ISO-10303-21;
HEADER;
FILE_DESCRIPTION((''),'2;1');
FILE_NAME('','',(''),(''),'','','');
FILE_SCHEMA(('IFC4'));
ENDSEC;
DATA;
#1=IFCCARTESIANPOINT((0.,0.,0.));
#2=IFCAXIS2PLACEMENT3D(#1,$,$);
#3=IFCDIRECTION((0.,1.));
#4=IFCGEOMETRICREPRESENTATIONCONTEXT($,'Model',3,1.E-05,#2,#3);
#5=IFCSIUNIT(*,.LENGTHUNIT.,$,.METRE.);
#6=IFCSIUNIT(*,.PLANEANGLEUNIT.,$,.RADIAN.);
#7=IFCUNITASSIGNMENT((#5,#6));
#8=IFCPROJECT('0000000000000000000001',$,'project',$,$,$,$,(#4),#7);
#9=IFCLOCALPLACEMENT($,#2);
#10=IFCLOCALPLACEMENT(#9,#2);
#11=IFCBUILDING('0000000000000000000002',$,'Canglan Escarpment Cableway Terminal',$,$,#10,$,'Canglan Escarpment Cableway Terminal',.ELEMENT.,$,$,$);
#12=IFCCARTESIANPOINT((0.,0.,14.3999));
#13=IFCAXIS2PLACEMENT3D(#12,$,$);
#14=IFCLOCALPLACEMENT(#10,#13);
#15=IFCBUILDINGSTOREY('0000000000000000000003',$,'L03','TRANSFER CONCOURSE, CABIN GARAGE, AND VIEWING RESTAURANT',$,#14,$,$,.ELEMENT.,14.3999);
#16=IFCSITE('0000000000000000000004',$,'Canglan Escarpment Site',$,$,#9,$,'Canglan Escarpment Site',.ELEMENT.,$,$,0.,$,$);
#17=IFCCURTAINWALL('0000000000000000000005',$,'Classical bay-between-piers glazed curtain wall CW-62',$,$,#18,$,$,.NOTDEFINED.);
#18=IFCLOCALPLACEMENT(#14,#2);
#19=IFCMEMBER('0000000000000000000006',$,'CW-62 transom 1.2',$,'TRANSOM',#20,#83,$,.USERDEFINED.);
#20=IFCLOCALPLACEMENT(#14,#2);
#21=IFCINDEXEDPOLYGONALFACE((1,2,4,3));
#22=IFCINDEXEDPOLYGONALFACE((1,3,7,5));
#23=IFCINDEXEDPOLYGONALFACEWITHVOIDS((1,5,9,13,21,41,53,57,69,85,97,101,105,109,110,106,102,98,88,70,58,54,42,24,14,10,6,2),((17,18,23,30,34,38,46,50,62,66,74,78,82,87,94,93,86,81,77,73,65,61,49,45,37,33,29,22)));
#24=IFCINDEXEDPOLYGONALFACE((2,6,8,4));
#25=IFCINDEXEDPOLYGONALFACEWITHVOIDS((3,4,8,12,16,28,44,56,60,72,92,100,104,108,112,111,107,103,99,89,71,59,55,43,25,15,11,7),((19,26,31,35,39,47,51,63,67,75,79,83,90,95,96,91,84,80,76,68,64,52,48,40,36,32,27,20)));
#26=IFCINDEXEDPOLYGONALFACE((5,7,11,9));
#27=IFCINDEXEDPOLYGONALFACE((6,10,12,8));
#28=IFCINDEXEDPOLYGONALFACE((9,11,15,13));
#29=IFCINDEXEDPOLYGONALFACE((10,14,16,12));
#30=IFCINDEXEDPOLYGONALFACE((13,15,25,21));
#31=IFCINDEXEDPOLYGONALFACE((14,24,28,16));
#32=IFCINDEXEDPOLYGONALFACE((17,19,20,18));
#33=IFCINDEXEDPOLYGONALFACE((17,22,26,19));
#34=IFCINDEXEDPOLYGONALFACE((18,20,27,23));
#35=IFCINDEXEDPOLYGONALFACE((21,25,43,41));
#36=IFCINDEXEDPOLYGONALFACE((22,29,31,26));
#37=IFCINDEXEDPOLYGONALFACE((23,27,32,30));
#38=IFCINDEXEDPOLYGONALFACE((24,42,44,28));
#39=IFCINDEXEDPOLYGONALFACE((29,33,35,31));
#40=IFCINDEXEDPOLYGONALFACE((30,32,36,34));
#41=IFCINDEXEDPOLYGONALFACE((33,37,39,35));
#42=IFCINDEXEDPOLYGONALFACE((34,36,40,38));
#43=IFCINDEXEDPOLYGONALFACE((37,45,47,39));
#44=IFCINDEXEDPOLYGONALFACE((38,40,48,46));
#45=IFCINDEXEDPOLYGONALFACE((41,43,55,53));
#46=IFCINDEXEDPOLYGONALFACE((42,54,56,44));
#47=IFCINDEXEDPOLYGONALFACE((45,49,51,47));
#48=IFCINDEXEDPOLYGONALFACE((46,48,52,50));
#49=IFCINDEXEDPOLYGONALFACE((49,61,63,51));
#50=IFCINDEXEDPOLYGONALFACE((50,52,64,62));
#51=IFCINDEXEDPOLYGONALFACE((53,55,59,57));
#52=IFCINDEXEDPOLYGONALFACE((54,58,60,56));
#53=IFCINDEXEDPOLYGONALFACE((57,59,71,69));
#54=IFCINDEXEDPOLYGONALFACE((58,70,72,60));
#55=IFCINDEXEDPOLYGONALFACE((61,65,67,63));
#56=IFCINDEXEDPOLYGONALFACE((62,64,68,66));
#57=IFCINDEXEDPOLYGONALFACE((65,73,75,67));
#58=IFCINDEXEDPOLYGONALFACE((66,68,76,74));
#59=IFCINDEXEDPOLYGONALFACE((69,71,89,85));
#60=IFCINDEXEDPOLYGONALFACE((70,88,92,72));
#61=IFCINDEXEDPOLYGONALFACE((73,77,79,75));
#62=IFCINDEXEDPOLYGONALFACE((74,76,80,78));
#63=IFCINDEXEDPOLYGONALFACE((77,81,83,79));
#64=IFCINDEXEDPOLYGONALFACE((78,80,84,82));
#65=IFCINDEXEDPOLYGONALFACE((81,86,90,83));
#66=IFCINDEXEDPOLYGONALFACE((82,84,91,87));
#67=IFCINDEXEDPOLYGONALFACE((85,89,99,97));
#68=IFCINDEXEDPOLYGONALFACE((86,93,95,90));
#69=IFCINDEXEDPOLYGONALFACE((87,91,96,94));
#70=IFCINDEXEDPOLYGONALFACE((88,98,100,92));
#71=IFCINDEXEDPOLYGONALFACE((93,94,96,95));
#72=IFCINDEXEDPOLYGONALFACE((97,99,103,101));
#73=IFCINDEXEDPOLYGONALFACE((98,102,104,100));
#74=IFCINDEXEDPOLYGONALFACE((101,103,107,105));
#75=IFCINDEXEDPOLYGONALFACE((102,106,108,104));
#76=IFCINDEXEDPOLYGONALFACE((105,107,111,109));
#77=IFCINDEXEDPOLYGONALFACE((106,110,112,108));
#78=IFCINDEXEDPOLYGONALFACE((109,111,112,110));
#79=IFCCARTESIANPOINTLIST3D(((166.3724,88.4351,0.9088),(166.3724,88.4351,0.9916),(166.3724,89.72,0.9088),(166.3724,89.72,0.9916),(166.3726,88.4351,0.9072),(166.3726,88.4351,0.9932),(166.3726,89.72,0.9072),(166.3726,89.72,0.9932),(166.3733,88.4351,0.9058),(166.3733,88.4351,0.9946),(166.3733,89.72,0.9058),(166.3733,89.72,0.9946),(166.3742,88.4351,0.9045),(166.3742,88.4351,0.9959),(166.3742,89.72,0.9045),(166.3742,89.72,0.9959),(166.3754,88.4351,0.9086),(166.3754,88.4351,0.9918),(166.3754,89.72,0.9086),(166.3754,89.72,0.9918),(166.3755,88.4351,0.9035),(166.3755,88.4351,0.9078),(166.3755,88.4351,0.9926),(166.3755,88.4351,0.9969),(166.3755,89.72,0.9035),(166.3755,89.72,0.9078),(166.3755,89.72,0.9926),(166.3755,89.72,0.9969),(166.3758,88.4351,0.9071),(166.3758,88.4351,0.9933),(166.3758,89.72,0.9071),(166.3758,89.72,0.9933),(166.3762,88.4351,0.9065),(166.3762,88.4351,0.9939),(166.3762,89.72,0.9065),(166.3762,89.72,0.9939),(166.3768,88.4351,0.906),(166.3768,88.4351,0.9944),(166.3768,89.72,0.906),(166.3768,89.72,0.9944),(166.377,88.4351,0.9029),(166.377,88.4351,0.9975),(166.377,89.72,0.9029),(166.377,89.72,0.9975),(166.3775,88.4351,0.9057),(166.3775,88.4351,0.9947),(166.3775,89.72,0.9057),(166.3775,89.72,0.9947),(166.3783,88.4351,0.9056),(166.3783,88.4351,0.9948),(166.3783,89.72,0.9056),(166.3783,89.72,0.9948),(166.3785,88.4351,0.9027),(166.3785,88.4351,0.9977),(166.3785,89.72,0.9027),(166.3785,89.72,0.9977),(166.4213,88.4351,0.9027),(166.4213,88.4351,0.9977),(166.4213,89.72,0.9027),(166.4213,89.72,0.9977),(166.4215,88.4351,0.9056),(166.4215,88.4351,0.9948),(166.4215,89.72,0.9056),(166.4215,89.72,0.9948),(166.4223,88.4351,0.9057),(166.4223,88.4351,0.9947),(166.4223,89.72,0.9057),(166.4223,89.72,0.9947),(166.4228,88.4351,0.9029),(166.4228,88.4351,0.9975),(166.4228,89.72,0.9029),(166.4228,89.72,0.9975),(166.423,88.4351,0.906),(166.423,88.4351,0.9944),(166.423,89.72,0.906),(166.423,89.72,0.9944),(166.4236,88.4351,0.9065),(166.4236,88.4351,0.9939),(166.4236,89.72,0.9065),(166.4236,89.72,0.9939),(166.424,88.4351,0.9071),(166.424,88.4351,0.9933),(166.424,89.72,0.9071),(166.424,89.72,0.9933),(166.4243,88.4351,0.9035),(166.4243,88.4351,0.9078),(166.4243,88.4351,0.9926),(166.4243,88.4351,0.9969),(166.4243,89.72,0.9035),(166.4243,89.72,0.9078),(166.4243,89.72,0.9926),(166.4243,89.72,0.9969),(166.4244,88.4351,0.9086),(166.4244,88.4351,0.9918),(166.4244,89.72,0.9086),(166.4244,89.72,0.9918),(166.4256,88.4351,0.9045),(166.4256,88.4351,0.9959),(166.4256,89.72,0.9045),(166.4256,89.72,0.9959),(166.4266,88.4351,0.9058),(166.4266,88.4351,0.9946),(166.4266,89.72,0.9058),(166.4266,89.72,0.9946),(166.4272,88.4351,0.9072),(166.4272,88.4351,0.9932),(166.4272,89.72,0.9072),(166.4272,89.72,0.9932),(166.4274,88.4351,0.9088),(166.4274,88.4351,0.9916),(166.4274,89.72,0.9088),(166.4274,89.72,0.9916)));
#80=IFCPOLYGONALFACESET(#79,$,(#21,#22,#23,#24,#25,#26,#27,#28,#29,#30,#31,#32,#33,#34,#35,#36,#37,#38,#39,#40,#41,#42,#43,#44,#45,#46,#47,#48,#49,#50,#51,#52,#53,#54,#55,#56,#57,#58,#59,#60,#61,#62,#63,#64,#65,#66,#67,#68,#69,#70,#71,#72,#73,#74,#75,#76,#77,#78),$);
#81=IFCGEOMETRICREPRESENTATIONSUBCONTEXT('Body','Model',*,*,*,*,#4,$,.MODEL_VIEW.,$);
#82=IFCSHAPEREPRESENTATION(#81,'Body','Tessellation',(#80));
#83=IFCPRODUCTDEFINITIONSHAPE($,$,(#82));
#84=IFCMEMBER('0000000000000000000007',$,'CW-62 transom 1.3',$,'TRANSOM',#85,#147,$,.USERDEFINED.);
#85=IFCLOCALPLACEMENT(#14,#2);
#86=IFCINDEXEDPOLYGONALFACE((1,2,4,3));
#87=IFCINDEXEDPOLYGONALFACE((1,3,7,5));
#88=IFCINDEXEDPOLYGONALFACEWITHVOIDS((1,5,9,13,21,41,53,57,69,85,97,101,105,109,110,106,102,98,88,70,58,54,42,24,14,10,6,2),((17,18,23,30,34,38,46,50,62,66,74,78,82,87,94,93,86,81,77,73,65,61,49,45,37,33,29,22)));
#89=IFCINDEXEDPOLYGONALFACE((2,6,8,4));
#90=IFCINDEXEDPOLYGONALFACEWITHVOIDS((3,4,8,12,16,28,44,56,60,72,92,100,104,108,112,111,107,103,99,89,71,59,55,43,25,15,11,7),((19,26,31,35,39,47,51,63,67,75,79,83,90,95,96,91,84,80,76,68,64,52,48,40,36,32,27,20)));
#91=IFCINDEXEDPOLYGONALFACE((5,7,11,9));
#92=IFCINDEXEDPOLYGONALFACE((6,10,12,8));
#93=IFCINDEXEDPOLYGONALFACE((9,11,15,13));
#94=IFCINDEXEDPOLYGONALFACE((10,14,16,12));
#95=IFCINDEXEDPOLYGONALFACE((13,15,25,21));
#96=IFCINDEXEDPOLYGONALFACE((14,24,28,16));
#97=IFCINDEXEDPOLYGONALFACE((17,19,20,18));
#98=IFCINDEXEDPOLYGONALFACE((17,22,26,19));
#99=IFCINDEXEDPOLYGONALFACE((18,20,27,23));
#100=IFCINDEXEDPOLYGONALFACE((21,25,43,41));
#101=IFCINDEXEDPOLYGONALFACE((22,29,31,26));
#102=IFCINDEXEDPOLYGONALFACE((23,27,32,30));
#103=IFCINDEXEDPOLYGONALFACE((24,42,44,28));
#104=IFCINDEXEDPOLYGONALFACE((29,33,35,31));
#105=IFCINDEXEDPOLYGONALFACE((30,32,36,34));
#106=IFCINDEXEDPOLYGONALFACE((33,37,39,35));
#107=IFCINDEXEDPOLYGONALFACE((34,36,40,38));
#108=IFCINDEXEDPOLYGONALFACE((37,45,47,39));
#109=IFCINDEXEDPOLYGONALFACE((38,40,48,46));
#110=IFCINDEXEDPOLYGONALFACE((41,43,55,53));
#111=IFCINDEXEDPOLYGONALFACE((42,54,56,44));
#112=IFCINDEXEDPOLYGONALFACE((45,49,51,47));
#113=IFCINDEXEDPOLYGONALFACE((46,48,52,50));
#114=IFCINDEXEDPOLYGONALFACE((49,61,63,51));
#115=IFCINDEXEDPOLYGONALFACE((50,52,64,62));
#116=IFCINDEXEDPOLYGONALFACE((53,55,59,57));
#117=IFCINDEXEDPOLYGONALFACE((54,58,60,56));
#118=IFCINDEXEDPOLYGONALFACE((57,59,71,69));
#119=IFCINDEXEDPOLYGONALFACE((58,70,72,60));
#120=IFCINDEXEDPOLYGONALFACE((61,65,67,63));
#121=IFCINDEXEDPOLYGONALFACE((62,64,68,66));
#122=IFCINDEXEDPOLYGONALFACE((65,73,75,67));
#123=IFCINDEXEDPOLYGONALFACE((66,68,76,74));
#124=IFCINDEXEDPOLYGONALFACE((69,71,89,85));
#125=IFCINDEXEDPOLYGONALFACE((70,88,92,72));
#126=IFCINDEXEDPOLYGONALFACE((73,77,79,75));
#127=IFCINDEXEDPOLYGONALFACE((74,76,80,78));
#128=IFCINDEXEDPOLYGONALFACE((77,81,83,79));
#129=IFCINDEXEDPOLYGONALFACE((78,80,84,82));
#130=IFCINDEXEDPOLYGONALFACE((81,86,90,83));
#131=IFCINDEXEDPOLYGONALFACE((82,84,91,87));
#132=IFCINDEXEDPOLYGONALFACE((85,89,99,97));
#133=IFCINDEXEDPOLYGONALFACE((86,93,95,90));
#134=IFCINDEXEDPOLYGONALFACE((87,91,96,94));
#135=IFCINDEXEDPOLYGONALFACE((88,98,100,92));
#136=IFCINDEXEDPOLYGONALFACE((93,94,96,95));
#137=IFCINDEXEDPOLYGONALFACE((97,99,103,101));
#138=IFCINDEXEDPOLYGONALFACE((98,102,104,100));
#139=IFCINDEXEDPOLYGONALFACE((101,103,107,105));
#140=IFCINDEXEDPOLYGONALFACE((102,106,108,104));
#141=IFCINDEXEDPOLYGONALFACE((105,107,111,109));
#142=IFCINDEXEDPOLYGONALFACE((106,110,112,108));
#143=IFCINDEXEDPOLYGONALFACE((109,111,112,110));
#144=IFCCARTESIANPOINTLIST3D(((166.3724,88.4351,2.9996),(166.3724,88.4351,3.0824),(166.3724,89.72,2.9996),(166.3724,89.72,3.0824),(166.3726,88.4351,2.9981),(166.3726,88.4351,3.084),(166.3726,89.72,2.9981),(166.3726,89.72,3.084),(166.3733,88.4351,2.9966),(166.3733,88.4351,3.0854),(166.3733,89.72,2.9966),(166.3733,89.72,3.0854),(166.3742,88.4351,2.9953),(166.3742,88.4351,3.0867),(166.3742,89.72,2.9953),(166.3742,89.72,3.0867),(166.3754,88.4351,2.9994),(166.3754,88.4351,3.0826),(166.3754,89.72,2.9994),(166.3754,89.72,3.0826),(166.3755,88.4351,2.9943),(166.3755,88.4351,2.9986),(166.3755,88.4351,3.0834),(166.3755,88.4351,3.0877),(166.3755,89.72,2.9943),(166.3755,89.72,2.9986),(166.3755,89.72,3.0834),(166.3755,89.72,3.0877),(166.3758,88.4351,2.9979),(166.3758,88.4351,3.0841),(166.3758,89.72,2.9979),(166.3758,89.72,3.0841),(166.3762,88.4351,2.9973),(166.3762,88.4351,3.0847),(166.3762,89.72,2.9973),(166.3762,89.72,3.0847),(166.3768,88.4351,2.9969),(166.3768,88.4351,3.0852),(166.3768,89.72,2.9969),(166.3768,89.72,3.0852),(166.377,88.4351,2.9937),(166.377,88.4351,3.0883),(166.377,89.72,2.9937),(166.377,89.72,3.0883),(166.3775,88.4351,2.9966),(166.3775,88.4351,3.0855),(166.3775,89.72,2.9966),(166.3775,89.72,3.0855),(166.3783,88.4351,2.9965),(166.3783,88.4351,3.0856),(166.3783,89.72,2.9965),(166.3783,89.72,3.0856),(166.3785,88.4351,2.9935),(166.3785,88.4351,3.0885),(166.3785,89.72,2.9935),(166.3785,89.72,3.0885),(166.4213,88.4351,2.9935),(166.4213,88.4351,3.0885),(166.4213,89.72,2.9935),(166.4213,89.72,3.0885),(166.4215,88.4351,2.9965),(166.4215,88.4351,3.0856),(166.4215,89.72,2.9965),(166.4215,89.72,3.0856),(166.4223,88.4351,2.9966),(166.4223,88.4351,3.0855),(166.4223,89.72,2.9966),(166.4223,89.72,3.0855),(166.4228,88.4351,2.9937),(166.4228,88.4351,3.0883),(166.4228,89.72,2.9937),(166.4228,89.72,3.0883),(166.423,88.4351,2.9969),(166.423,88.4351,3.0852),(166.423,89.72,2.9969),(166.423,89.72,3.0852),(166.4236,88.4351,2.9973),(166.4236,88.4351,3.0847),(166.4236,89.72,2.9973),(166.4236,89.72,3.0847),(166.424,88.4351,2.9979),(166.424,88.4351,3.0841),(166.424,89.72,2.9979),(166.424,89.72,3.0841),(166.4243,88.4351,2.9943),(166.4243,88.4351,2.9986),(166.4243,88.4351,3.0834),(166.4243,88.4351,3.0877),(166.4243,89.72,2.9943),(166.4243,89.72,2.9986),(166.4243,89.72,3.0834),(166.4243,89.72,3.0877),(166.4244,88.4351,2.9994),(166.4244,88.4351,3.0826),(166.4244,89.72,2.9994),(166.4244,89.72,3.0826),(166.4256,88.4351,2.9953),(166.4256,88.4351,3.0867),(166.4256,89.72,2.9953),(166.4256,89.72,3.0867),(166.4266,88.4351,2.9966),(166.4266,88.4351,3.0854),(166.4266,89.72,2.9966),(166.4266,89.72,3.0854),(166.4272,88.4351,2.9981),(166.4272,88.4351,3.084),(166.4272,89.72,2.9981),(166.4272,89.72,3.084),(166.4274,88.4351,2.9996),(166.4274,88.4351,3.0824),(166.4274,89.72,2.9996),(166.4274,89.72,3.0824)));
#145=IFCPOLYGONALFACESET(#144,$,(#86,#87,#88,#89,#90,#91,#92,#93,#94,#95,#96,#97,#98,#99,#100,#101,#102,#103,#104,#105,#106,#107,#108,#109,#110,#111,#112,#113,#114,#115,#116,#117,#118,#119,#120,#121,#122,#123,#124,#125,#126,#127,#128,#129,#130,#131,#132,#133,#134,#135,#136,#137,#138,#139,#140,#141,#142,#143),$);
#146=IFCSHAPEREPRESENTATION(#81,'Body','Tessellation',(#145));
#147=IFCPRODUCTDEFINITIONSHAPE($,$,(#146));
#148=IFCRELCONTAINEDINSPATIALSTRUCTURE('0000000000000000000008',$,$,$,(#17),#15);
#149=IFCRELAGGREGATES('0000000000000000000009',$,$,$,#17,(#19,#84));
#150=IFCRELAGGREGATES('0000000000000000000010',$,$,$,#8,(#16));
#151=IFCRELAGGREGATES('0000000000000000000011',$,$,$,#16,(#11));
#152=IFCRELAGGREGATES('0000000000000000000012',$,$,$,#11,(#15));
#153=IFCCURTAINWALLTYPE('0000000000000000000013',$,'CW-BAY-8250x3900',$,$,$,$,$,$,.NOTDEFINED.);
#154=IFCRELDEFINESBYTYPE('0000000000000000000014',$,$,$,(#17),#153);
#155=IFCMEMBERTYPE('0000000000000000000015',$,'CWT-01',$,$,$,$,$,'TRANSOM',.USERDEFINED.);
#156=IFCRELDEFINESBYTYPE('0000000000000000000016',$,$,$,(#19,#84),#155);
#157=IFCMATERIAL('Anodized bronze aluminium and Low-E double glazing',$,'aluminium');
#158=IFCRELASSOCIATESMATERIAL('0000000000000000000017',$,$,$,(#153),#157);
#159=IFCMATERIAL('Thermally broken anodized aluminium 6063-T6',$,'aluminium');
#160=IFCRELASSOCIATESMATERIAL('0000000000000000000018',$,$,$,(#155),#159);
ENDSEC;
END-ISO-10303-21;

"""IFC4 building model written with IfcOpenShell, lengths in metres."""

from ifc_helpers import new_model, si_unit, direction, frame, origin, origin_2d, place, context, subcontext, project, spatial, hollow_rectangle, extrude, material, material_profile, profile_set, type_object, element, aggregate, save


model = new_model("IFC4")

# Units and contexts
model_context = context("Model", 3, precision=1e-05, world=origin(), true_north=direction((0.0, 1.0)))
body_context = subcontext(model_context, "Body", "Model", "MODEL_VIEW")
ifc_project = project(units=[si_unit("LENGTHUNIT", "METRE"), si_unit("PLANEANGLEUNIT", "RADIAN")], contexts=[model_context])

# Site, building, storey
site_placement = place(None, origin())
site = spatial("IfcSite", under=ifc_project, at=site_placement, Name="Canglan Escarpment Site", LongName="Canglan Escarpment Site", CompositionType="ELEMENT", RefElevation=0.0)
building_placement = place(site_placement, origin())
building = spatial("IfcBuilding", under=site, at=building_placement, Name="Canglan Escarpment Cableway Terminal", LongName="Canglan Escarpment Cableway Terminal", CompositionType="ELEMENT")
storey_placement = place(building_placement, frame((0.0, 0.0, 14.3999)))
storey = spatial("IfcBuildingStorey", under=building, at=storey_placement, Name="L03", Description="TRANSFER CONCOURSE, CABIN GARAGE, AND VIEWING RESTAURANT", CompositionType="ELEMENT", Elevation=14.3999)

# Curtain wall
ifc_material_1 = material(Name="Anodized bronze aluminium and Low-E double glazing", Category="aluminium")
curtain_wall_type = type_object("IfcCurtainWallType", Name="CW-BAY-8250x3900", PredefinedType="NOTDEFINED", material=ifc_material_1)
curtain_wall_1_placement = place(storey_placement, origin())
curtain_wall_1 = element("IfcCurtainWall", 1, at=curtain_wall_1_placement, inside=storey, type_object=curtain_wall_type, Name="Classical bay-between-piers glazed curtain wall CW-62", PredefinedType="NOTDEFINED")
ifc_material_2 = material(Name="Thermally broken anodized aluminium 6063-T6", Category="aluminium")

# Members
ifc_material_profile_1 = material_profile(ifc_material_2, hollow_rectangle(XDim=0.0549, YDim=0.095, WallThickness=0.0029, InnerFilletRadius=0.0029, OuterFilletRadius=0.0061, at=origin_2d()), Name="ALU-TRAN 55x95x3")
ifc_profile_set_1 = profile_set([ifc_material_profile_1], Name="Thermally broken anodized aluminium 6063-T6")
member_type_1 = type_object("IfcMemberType", Name="CWT-01", ElementType="TRANSOM", PredefinedType="USERDEFINED", material=ifc_profile_set_1)
member_1_placement = place(storey_placement, frame((166.3999, 88.4351, 0.9502), z_axis=(0.0, 1.0, 0.0), x_axis=(-1.0, 0.0, 0.0)))
member_1 = element("IfcMember", 2, at=member_1_placement, type_object=member_type_1, Name="CW-62 transom 1.2", ObjectType="TRANSOM", PredefinedType="USERDEFINED", context=body_context, shape_type="SweptSolid", body=[
    extrude(hollow_rectangle(XDim=0.0549, YDim=0.095, WallThickness=0.0029, InnerFilletRadius=0.0029, OuterFilletRadius=0.0061, at=origin_2d()), origin(), (0.0, 0.0, 1.0), 1.2849),
])
member_2_placement = place(storey_placement, frame((166.3999, 88.4351, 3.041), z_axis=(0.0, 1.0, 0.0), x_axis=(-1.0, 0.0, 0.0)))
member_2 = element("IfcMember", 3, at=member_2_placement, type_object=member_type_1, Name="CW-62 transom 1.3", ObjectType="TRANSOM", PredefinedType="USERDEFINED", context=body_context, shape_type="SweptSolid", body=[
    extrude(hollow_rectangle(XDim=0.0549, YDim=0.095, WallThickness=0.0029, InnerFilletRadius=0.0029, OuterFilletRadius=0.0061, at=origin_2d()), origin(), (0.0, 0.0, 1.0), 1.2849),
])

aggregate(curtain_wall_1, [member_1, member_2])

save(model, "model.ifc")
